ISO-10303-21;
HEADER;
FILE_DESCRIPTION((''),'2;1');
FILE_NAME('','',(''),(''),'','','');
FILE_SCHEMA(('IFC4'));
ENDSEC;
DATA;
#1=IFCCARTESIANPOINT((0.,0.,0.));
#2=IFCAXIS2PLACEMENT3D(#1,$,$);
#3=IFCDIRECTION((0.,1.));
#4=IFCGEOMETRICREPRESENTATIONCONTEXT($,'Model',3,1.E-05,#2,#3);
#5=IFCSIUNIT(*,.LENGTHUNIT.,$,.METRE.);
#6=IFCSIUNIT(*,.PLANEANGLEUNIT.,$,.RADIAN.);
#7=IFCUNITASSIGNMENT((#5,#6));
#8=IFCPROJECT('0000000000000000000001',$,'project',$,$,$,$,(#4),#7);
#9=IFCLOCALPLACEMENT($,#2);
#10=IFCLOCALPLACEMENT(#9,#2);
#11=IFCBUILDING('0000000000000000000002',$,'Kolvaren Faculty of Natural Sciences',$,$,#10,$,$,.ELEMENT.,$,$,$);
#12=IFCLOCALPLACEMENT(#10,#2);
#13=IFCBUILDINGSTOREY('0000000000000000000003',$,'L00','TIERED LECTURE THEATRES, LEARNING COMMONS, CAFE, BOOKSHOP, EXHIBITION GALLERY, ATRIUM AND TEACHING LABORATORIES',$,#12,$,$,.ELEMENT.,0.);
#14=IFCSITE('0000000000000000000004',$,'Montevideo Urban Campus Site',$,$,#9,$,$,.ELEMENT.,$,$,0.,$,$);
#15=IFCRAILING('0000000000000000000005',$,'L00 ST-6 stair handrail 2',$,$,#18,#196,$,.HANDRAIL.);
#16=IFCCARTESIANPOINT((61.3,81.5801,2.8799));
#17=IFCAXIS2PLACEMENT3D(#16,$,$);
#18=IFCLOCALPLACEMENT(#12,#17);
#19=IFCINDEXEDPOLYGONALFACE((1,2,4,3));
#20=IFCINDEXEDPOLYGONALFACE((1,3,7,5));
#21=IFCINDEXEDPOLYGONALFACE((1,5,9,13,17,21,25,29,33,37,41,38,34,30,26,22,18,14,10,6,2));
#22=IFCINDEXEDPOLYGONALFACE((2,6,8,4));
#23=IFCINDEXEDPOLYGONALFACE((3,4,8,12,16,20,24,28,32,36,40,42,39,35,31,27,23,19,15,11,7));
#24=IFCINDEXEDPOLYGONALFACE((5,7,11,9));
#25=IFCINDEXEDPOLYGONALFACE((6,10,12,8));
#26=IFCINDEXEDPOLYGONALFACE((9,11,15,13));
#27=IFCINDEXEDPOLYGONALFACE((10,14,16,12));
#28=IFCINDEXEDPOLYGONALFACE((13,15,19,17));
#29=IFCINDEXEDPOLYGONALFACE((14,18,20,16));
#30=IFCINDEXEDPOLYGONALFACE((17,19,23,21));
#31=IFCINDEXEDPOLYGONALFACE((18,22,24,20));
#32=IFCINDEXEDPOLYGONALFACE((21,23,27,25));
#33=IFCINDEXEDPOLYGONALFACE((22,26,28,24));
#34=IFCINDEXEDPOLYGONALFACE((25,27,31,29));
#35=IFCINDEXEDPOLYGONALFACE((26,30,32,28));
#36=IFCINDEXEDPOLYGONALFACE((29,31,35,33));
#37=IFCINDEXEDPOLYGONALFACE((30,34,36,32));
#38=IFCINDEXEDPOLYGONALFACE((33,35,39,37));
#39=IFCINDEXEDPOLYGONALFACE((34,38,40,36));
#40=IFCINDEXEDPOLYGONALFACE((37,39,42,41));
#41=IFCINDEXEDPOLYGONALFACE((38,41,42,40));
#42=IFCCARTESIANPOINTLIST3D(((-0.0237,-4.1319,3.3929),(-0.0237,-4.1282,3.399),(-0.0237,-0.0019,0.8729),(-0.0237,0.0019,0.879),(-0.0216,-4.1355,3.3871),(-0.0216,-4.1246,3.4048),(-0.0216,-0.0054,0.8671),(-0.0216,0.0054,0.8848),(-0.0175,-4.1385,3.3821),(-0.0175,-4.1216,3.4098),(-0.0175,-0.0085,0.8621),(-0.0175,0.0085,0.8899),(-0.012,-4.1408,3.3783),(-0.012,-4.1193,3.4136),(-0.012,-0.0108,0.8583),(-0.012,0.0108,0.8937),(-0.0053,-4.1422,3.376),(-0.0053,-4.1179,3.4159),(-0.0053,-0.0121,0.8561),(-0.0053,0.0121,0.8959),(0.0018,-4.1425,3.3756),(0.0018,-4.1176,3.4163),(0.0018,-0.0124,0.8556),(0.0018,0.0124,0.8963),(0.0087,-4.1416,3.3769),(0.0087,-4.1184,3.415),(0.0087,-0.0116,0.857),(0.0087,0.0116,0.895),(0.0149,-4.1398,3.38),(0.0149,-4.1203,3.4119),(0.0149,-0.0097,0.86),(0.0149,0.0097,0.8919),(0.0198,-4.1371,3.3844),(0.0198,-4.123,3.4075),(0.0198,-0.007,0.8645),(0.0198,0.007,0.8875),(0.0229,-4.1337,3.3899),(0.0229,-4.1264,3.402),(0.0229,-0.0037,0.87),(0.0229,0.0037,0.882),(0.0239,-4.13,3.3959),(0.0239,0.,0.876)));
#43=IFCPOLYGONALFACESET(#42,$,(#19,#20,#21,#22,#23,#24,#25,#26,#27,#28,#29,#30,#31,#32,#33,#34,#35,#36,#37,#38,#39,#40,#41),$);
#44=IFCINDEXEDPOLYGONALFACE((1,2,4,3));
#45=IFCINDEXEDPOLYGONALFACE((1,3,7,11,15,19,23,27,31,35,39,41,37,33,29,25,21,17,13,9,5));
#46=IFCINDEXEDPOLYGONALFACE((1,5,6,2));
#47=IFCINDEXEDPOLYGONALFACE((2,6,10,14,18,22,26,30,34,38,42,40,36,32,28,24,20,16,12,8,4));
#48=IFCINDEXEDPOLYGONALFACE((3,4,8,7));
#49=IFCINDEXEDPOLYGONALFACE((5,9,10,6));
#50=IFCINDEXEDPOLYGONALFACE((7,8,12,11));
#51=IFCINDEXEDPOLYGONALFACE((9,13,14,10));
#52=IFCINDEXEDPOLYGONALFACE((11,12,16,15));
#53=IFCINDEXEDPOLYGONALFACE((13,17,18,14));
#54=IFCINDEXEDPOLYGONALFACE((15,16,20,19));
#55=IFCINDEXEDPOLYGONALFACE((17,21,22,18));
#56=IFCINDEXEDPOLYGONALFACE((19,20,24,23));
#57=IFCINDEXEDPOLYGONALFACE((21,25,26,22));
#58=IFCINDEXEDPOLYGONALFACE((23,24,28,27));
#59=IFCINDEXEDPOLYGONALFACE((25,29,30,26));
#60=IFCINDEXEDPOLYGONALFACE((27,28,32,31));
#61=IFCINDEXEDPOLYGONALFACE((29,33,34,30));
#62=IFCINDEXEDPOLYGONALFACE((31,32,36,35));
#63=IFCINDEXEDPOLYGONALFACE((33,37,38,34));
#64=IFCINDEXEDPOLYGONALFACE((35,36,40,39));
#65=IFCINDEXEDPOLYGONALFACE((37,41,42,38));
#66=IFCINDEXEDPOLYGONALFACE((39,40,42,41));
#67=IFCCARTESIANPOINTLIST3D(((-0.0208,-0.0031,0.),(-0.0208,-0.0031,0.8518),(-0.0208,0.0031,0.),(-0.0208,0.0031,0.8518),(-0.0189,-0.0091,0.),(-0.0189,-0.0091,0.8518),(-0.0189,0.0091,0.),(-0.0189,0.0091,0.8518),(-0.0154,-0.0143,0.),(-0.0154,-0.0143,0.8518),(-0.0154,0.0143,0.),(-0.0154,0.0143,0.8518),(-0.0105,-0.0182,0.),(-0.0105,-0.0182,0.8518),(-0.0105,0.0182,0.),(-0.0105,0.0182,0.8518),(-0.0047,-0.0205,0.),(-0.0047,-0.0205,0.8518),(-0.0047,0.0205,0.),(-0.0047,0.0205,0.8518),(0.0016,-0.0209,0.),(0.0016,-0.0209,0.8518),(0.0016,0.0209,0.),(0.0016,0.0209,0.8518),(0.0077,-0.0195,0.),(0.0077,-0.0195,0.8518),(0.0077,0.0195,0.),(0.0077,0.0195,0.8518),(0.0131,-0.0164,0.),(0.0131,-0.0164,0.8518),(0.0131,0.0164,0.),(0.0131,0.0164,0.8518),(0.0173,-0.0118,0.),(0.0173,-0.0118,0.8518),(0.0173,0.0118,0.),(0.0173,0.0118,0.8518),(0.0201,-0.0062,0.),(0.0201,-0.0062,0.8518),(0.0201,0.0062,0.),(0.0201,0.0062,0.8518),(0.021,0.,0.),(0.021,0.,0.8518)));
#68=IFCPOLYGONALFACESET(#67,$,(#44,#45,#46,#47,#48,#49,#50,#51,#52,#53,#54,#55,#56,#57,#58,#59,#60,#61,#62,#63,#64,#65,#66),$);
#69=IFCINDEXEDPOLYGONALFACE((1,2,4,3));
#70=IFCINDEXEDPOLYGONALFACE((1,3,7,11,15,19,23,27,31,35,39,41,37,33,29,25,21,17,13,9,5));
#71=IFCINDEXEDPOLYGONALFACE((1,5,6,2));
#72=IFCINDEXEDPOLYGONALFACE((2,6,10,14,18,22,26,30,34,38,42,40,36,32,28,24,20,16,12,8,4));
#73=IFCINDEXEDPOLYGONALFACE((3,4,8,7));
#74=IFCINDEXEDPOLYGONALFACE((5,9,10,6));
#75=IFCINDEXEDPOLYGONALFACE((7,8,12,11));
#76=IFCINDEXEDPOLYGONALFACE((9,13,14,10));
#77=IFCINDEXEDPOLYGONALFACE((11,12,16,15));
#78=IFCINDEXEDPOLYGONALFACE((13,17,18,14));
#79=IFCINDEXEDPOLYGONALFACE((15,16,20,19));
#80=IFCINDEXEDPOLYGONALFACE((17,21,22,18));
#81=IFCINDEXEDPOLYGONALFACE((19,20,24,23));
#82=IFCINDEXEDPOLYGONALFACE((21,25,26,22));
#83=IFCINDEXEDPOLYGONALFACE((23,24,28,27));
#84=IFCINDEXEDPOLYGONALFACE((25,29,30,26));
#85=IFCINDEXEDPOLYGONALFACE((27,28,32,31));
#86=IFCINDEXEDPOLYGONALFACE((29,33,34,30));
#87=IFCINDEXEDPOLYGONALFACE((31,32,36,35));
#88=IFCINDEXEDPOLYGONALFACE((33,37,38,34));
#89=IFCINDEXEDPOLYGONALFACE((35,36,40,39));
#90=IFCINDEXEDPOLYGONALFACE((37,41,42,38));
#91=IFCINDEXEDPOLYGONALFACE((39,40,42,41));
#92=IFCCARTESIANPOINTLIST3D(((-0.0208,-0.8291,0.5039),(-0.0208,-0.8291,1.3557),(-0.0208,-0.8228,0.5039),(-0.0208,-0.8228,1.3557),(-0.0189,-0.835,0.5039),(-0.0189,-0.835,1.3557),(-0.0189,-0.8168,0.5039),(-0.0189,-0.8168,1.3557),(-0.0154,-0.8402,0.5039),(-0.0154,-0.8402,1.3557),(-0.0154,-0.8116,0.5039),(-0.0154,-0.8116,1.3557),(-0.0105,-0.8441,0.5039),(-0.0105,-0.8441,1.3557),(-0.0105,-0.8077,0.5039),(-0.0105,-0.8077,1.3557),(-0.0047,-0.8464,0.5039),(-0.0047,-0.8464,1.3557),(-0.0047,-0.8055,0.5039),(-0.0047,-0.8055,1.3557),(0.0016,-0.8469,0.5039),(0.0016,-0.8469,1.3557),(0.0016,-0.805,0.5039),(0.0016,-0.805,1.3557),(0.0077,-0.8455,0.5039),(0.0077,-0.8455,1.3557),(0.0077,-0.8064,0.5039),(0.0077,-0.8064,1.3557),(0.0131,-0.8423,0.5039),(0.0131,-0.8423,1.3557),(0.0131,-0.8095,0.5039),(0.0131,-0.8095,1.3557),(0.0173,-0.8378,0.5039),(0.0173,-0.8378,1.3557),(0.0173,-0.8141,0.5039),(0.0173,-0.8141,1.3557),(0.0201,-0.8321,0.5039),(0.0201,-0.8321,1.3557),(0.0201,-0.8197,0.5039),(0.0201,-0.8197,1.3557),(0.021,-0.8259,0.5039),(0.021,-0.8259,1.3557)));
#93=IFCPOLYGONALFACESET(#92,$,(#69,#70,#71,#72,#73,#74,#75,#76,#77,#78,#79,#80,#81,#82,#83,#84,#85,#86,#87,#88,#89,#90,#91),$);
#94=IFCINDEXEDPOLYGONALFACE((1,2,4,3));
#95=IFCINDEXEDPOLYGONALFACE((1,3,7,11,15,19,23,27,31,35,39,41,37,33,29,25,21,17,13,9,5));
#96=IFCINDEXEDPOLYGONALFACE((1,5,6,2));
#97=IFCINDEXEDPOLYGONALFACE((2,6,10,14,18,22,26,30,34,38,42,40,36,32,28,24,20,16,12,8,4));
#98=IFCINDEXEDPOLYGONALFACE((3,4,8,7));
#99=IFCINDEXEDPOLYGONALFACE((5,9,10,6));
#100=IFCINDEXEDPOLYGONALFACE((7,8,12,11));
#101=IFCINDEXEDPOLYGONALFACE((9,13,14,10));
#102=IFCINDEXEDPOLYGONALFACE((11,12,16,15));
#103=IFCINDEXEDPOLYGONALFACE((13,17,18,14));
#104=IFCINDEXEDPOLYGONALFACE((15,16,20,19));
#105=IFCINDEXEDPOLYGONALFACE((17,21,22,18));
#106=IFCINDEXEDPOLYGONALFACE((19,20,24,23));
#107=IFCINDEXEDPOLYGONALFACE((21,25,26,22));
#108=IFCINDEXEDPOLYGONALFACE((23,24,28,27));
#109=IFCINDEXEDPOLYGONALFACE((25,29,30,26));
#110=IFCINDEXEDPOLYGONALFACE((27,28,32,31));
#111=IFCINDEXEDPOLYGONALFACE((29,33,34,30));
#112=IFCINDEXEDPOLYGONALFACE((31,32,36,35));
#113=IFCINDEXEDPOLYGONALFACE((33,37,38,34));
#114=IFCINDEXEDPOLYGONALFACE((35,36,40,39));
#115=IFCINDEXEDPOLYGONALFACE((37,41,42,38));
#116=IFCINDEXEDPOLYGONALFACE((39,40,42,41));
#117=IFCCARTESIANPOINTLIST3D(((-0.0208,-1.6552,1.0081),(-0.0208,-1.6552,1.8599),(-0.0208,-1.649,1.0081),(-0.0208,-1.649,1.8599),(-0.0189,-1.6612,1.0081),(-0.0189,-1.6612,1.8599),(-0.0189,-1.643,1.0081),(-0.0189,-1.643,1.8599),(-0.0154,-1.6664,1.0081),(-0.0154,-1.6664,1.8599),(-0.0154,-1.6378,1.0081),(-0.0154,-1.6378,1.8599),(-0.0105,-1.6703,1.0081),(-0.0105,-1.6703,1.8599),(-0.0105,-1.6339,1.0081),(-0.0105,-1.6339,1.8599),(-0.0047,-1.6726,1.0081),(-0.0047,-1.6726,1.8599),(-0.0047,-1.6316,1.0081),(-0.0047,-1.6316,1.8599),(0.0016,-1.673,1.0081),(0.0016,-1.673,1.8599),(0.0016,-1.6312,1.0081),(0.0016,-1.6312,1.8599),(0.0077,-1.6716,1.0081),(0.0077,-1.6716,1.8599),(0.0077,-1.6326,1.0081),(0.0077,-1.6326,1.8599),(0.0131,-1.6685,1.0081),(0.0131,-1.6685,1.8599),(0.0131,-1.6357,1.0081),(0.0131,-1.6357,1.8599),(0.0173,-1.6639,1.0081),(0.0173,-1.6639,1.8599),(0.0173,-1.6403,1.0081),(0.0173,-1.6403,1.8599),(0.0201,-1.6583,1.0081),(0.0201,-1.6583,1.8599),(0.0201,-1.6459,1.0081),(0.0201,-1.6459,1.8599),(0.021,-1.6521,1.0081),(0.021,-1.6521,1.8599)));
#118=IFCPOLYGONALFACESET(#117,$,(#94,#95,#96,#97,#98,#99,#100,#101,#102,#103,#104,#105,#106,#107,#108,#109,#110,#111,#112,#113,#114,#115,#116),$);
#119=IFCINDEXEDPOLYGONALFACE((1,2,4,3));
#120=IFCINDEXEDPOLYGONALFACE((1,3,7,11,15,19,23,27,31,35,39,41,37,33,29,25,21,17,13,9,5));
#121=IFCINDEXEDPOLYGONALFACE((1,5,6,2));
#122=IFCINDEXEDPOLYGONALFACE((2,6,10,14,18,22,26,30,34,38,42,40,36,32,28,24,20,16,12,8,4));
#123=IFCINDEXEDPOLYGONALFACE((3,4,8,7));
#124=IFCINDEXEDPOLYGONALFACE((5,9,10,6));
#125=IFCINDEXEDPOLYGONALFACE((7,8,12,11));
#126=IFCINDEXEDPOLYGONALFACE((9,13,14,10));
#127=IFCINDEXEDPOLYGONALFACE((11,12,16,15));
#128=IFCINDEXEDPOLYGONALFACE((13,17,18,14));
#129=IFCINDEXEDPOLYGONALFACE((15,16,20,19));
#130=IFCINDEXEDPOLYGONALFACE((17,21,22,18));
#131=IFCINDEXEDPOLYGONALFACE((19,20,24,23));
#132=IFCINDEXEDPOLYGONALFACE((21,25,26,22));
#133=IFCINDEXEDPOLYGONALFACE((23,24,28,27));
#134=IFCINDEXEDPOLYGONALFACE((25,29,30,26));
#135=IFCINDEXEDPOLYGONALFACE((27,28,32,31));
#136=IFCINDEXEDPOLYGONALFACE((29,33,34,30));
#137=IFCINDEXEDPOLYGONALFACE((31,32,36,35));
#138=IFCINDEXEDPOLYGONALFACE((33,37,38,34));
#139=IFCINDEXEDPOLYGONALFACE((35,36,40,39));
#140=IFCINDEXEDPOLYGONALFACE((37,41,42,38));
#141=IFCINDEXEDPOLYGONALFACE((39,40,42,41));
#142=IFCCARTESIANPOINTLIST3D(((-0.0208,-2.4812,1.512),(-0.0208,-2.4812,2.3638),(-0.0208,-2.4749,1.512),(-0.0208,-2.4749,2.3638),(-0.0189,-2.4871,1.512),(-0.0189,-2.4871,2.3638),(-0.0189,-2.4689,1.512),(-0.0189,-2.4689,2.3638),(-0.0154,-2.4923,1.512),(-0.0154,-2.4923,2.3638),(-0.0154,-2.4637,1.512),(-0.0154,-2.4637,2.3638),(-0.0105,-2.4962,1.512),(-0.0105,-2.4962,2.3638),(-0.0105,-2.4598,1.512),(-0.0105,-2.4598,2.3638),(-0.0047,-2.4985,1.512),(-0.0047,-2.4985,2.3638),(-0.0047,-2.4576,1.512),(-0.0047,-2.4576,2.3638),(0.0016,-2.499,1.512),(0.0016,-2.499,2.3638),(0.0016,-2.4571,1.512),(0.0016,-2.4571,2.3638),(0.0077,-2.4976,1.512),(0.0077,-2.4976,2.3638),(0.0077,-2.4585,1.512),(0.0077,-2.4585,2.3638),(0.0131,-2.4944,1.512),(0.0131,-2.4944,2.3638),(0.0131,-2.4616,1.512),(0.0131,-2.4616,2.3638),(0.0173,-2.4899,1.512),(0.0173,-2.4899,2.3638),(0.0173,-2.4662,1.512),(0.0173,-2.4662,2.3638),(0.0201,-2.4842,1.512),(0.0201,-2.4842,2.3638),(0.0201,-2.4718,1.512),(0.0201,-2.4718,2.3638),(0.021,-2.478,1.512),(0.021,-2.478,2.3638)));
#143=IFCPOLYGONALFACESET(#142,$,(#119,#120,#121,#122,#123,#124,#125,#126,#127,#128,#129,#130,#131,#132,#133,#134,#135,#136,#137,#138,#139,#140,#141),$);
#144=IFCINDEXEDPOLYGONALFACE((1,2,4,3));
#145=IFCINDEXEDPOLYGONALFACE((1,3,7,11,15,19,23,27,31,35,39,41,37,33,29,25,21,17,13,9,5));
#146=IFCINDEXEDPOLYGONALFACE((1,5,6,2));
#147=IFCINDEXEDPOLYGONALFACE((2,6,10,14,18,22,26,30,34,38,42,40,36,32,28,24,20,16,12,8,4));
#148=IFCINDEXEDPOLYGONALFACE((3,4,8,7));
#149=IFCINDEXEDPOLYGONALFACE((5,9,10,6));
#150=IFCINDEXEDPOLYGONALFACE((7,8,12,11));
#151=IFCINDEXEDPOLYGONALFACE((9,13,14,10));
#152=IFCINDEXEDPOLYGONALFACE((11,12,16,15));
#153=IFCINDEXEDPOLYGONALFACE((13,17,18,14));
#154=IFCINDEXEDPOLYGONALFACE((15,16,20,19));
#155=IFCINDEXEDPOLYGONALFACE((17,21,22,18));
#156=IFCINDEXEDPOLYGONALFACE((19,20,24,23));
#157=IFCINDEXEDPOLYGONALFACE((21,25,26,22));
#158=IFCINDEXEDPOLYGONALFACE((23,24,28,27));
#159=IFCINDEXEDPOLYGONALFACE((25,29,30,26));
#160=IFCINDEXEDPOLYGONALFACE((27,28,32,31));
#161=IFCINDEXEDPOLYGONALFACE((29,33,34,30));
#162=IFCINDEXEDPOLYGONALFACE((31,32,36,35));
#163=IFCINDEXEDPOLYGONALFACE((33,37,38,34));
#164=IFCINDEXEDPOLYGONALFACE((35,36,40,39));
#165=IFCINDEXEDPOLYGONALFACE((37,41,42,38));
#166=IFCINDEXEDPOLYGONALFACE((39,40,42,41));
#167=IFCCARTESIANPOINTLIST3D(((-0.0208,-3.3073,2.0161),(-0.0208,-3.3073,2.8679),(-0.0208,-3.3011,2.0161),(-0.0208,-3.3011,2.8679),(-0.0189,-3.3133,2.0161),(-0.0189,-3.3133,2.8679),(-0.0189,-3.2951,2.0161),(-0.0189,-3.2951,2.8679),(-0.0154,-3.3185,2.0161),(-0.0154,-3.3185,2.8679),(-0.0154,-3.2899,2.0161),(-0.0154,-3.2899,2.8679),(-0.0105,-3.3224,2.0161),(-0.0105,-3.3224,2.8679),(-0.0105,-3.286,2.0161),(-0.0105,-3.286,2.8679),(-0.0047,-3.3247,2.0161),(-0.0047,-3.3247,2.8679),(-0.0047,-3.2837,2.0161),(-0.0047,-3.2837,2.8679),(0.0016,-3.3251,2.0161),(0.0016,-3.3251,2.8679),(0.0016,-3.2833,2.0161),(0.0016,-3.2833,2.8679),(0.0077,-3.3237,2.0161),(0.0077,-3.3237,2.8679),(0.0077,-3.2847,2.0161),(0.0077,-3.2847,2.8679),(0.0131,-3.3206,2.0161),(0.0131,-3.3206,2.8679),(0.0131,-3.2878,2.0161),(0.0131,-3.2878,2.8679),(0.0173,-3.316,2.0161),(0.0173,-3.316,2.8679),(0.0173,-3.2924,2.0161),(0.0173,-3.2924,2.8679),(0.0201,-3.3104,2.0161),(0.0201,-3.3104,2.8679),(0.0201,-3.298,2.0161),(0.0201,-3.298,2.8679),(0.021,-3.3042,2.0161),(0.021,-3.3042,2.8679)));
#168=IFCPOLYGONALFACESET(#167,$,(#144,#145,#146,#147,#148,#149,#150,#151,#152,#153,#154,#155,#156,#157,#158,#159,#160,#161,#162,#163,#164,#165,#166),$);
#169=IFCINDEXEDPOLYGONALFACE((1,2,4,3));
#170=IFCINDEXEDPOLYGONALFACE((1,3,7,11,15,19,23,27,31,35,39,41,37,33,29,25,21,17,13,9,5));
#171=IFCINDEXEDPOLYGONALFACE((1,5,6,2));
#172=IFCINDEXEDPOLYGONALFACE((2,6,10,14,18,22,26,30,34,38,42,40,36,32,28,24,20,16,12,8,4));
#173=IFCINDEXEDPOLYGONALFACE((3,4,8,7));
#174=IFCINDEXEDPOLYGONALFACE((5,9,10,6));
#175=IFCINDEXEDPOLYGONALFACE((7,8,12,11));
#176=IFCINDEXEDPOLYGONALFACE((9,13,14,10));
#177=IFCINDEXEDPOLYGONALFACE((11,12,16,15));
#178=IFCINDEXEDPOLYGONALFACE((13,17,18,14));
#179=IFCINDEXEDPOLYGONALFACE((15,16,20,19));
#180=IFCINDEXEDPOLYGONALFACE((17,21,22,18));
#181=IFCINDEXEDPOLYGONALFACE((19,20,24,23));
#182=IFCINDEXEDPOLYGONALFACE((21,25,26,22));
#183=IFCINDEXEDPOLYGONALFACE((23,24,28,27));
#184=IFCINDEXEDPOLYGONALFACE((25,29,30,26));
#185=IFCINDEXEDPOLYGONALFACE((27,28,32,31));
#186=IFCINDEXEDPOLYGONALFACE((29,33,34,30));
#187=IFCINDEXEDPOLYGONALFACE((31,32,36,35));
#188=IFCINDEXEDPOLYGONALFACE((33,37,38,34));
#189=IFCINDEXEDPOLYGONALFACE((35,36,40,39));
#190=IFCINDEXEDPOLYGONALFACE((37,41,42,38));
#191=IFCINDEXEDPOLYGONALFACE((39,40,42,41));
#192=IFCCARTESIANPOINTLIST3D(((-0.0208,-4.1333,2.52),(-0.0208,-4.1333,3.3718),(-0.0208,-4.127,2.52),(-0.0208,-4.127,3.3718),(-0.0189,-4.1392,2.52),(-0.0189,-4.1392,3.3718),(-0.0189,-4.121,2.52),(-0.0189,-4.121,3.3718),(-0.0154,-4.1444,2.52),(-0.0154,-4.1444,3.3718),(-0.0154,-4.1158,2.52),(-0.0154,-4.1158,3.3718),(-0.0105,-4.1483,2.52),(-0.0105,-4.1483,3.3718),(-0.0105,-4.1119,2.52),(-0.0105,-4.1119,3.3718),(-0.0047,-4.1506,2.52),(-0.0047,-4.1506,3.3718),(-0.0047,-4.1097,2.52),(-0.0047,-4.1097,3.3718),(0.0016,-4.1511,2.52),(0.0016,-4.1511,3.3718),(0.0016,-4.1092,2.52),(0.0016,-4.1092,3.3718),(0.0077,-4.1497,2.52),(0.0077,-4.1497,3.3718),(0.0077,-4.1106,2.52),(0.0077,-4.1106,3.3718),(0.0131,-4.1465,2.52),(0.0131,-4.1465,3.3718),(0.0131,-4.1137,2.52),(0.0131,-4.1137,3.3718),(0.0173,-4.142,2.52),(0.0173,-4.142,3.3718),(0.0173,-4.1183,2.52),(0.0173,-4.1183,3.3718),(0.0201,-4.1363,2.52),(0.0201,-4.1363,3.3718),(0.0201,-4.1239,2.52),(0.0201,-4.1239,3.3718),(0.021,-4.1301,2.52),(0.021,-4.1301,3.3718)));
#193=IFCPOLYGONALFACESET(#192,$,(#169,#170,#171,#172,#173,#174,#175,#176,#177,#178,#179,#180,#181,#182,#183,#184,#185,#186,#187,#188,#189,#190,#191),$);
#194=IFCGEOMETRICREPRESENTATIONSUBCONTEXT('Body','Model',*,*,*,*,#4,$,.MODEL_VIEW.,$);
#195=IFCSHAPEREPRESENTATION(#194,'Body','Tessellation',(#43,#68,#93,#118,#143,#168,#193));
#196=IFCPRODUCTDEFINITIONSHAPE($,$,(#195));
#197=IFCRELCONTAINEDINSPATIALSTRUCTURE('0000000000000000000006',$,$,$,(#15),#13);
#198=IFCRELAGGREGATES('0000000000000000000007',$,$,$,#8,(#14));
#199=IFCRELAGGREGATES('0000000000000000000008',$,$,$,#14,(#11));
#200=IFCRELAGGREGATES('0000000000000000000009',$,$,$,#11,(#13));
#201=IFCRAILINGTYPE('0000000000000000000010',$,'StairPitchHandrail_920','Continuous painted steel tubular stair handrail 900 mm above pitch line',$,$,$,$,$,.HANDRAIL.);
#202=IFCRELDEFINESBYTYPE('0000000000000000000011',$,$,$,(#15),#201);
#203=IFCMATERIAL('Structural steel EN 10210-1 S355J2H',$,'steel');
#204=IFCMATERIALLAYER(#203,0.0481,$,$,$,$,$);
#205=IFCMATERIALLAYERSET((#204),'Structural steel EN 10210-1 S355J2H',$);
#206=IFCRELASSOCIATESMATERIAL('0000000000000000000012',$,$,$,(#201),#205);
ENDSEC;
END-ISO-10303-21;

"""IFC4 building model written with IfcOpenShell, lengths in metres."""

from ifc_helpers import new_model, si_unit, direction, frame, origin, origin_2d, place, context, subcontext, project, spatial, circle, extrude, material, layer, layer_set, type_object, element, save


model = new_model("IFC4")

# Units and contexts
model_context = context("Model", 3, precision=1e-05, world=origin(), true_north=direction((0.0, 1.0)))
body_context = subcontext(model_context, "Body", "Model", "MODEL_VIEW")
ifc_project = project(units=[si_unit("LENGTHUNIT", "METRE"), si_unit("PLANEANGLEUNIT", "RADIAN")], contexts=[model_context])

# Site, building, storey
site_placement = place(None, origin())
site = spatial("IfcSite", under=ifc_project, at=site_placement, Name="Montevideo Urban Campus Site", CompositionType="ELEMENT", RefElevation=0.0)
building_placement = place(site_placement, origin())
building = spatial("IfcBuilding", under=site, at=building_placement, Name="Kolvaren Faculty of Natural Sciences", CompositionType="ELEMENT")
storey_placement = place(building_placement, origin())
storey = spatial("IfcBuildingStorey", under=building, at=storey_placement, Name="L00", Description="TIERED LECTURE THEATRES, LEARNING COMMONS, CAFE, BOOKSHOP, EXHIBITION GALLERY, ATRIUM AND TEACHING LABORATORIES", CompositionType="ELEMENT", Elevation=0.0)

# Railing
ifc_material_1 = material(Name="Structural steel EN 10210-1 S355J2H", Category="steel")
ifc_layer_1 = layer(ifc_material_1, 0.0481)
ifc_layer_set_1 = layer_set([ifc_layer_1], Name="Structural steel EN 10210-1 S355J2H")
railing_type_1 = type_object("IfcRailingType", Name="StairPitchHandrail_920", Description="Continuous painted steel tubular stair handrail 900 mm above pitch line", PredefinedType="HANDRAIL", material=ifc_layer_set_1)
railing_1_placement = place(storey_placement, frame((61.3, 81.5801, 2.8799)))
element("IfcRailing", 1, at=railing_1_placement, inside=storey, type_object=railing_type_1, Name="L00 ST-6 stair handrail 2", PredefinedType="HANDRAIL", context=body_context, shape_type="SweptSolid", body=[
    extrude(circle(Radius=0.0239, at=origin_2d()), frame((0.0, 0.0, 0.876), z_axis=(0.0, -0.853645, 0.520856), x_axis=(1.0, 0.0, 0.0)), (0.0, 0.0, 1.0), 4.8381),
    extrude(circle(Radius=0.021, at=origin_2d()), origin(), (0.0, 0.0, 1.0), 0.8518),
    extrude(circle(Radius=0.021, at=origin_2d()), frame((0.0, -0.8259, 0.5039)), (0.0, 0.0, 1.0), 0.8518),
    extrude(circle(Radius=0.021, at=origin_2d()), frame((0.0, -1.6521, 1.0081)), (0.0, 0.0, 1.0), 0.8518),
    extrude(circle(Radius=0.021, at=origin_2d()), frame((0.0, -2.478, 1.512)), (0.0, 0.0, 1.0), 0.8518),
    extrude(circle(Radius=0.021, at=origin_2d()), frame((0.0, -3.3042, 2.0161)), (0.0, 0.0, 1.0), 0.8518),
    extrude(circle(Radius=0.021, at=origin_2d()), frame((0.0, -4.1301, 2.52)), (0.0, 0.0, 1.0), 0.8518),
])

save(model, "model.ifc")
